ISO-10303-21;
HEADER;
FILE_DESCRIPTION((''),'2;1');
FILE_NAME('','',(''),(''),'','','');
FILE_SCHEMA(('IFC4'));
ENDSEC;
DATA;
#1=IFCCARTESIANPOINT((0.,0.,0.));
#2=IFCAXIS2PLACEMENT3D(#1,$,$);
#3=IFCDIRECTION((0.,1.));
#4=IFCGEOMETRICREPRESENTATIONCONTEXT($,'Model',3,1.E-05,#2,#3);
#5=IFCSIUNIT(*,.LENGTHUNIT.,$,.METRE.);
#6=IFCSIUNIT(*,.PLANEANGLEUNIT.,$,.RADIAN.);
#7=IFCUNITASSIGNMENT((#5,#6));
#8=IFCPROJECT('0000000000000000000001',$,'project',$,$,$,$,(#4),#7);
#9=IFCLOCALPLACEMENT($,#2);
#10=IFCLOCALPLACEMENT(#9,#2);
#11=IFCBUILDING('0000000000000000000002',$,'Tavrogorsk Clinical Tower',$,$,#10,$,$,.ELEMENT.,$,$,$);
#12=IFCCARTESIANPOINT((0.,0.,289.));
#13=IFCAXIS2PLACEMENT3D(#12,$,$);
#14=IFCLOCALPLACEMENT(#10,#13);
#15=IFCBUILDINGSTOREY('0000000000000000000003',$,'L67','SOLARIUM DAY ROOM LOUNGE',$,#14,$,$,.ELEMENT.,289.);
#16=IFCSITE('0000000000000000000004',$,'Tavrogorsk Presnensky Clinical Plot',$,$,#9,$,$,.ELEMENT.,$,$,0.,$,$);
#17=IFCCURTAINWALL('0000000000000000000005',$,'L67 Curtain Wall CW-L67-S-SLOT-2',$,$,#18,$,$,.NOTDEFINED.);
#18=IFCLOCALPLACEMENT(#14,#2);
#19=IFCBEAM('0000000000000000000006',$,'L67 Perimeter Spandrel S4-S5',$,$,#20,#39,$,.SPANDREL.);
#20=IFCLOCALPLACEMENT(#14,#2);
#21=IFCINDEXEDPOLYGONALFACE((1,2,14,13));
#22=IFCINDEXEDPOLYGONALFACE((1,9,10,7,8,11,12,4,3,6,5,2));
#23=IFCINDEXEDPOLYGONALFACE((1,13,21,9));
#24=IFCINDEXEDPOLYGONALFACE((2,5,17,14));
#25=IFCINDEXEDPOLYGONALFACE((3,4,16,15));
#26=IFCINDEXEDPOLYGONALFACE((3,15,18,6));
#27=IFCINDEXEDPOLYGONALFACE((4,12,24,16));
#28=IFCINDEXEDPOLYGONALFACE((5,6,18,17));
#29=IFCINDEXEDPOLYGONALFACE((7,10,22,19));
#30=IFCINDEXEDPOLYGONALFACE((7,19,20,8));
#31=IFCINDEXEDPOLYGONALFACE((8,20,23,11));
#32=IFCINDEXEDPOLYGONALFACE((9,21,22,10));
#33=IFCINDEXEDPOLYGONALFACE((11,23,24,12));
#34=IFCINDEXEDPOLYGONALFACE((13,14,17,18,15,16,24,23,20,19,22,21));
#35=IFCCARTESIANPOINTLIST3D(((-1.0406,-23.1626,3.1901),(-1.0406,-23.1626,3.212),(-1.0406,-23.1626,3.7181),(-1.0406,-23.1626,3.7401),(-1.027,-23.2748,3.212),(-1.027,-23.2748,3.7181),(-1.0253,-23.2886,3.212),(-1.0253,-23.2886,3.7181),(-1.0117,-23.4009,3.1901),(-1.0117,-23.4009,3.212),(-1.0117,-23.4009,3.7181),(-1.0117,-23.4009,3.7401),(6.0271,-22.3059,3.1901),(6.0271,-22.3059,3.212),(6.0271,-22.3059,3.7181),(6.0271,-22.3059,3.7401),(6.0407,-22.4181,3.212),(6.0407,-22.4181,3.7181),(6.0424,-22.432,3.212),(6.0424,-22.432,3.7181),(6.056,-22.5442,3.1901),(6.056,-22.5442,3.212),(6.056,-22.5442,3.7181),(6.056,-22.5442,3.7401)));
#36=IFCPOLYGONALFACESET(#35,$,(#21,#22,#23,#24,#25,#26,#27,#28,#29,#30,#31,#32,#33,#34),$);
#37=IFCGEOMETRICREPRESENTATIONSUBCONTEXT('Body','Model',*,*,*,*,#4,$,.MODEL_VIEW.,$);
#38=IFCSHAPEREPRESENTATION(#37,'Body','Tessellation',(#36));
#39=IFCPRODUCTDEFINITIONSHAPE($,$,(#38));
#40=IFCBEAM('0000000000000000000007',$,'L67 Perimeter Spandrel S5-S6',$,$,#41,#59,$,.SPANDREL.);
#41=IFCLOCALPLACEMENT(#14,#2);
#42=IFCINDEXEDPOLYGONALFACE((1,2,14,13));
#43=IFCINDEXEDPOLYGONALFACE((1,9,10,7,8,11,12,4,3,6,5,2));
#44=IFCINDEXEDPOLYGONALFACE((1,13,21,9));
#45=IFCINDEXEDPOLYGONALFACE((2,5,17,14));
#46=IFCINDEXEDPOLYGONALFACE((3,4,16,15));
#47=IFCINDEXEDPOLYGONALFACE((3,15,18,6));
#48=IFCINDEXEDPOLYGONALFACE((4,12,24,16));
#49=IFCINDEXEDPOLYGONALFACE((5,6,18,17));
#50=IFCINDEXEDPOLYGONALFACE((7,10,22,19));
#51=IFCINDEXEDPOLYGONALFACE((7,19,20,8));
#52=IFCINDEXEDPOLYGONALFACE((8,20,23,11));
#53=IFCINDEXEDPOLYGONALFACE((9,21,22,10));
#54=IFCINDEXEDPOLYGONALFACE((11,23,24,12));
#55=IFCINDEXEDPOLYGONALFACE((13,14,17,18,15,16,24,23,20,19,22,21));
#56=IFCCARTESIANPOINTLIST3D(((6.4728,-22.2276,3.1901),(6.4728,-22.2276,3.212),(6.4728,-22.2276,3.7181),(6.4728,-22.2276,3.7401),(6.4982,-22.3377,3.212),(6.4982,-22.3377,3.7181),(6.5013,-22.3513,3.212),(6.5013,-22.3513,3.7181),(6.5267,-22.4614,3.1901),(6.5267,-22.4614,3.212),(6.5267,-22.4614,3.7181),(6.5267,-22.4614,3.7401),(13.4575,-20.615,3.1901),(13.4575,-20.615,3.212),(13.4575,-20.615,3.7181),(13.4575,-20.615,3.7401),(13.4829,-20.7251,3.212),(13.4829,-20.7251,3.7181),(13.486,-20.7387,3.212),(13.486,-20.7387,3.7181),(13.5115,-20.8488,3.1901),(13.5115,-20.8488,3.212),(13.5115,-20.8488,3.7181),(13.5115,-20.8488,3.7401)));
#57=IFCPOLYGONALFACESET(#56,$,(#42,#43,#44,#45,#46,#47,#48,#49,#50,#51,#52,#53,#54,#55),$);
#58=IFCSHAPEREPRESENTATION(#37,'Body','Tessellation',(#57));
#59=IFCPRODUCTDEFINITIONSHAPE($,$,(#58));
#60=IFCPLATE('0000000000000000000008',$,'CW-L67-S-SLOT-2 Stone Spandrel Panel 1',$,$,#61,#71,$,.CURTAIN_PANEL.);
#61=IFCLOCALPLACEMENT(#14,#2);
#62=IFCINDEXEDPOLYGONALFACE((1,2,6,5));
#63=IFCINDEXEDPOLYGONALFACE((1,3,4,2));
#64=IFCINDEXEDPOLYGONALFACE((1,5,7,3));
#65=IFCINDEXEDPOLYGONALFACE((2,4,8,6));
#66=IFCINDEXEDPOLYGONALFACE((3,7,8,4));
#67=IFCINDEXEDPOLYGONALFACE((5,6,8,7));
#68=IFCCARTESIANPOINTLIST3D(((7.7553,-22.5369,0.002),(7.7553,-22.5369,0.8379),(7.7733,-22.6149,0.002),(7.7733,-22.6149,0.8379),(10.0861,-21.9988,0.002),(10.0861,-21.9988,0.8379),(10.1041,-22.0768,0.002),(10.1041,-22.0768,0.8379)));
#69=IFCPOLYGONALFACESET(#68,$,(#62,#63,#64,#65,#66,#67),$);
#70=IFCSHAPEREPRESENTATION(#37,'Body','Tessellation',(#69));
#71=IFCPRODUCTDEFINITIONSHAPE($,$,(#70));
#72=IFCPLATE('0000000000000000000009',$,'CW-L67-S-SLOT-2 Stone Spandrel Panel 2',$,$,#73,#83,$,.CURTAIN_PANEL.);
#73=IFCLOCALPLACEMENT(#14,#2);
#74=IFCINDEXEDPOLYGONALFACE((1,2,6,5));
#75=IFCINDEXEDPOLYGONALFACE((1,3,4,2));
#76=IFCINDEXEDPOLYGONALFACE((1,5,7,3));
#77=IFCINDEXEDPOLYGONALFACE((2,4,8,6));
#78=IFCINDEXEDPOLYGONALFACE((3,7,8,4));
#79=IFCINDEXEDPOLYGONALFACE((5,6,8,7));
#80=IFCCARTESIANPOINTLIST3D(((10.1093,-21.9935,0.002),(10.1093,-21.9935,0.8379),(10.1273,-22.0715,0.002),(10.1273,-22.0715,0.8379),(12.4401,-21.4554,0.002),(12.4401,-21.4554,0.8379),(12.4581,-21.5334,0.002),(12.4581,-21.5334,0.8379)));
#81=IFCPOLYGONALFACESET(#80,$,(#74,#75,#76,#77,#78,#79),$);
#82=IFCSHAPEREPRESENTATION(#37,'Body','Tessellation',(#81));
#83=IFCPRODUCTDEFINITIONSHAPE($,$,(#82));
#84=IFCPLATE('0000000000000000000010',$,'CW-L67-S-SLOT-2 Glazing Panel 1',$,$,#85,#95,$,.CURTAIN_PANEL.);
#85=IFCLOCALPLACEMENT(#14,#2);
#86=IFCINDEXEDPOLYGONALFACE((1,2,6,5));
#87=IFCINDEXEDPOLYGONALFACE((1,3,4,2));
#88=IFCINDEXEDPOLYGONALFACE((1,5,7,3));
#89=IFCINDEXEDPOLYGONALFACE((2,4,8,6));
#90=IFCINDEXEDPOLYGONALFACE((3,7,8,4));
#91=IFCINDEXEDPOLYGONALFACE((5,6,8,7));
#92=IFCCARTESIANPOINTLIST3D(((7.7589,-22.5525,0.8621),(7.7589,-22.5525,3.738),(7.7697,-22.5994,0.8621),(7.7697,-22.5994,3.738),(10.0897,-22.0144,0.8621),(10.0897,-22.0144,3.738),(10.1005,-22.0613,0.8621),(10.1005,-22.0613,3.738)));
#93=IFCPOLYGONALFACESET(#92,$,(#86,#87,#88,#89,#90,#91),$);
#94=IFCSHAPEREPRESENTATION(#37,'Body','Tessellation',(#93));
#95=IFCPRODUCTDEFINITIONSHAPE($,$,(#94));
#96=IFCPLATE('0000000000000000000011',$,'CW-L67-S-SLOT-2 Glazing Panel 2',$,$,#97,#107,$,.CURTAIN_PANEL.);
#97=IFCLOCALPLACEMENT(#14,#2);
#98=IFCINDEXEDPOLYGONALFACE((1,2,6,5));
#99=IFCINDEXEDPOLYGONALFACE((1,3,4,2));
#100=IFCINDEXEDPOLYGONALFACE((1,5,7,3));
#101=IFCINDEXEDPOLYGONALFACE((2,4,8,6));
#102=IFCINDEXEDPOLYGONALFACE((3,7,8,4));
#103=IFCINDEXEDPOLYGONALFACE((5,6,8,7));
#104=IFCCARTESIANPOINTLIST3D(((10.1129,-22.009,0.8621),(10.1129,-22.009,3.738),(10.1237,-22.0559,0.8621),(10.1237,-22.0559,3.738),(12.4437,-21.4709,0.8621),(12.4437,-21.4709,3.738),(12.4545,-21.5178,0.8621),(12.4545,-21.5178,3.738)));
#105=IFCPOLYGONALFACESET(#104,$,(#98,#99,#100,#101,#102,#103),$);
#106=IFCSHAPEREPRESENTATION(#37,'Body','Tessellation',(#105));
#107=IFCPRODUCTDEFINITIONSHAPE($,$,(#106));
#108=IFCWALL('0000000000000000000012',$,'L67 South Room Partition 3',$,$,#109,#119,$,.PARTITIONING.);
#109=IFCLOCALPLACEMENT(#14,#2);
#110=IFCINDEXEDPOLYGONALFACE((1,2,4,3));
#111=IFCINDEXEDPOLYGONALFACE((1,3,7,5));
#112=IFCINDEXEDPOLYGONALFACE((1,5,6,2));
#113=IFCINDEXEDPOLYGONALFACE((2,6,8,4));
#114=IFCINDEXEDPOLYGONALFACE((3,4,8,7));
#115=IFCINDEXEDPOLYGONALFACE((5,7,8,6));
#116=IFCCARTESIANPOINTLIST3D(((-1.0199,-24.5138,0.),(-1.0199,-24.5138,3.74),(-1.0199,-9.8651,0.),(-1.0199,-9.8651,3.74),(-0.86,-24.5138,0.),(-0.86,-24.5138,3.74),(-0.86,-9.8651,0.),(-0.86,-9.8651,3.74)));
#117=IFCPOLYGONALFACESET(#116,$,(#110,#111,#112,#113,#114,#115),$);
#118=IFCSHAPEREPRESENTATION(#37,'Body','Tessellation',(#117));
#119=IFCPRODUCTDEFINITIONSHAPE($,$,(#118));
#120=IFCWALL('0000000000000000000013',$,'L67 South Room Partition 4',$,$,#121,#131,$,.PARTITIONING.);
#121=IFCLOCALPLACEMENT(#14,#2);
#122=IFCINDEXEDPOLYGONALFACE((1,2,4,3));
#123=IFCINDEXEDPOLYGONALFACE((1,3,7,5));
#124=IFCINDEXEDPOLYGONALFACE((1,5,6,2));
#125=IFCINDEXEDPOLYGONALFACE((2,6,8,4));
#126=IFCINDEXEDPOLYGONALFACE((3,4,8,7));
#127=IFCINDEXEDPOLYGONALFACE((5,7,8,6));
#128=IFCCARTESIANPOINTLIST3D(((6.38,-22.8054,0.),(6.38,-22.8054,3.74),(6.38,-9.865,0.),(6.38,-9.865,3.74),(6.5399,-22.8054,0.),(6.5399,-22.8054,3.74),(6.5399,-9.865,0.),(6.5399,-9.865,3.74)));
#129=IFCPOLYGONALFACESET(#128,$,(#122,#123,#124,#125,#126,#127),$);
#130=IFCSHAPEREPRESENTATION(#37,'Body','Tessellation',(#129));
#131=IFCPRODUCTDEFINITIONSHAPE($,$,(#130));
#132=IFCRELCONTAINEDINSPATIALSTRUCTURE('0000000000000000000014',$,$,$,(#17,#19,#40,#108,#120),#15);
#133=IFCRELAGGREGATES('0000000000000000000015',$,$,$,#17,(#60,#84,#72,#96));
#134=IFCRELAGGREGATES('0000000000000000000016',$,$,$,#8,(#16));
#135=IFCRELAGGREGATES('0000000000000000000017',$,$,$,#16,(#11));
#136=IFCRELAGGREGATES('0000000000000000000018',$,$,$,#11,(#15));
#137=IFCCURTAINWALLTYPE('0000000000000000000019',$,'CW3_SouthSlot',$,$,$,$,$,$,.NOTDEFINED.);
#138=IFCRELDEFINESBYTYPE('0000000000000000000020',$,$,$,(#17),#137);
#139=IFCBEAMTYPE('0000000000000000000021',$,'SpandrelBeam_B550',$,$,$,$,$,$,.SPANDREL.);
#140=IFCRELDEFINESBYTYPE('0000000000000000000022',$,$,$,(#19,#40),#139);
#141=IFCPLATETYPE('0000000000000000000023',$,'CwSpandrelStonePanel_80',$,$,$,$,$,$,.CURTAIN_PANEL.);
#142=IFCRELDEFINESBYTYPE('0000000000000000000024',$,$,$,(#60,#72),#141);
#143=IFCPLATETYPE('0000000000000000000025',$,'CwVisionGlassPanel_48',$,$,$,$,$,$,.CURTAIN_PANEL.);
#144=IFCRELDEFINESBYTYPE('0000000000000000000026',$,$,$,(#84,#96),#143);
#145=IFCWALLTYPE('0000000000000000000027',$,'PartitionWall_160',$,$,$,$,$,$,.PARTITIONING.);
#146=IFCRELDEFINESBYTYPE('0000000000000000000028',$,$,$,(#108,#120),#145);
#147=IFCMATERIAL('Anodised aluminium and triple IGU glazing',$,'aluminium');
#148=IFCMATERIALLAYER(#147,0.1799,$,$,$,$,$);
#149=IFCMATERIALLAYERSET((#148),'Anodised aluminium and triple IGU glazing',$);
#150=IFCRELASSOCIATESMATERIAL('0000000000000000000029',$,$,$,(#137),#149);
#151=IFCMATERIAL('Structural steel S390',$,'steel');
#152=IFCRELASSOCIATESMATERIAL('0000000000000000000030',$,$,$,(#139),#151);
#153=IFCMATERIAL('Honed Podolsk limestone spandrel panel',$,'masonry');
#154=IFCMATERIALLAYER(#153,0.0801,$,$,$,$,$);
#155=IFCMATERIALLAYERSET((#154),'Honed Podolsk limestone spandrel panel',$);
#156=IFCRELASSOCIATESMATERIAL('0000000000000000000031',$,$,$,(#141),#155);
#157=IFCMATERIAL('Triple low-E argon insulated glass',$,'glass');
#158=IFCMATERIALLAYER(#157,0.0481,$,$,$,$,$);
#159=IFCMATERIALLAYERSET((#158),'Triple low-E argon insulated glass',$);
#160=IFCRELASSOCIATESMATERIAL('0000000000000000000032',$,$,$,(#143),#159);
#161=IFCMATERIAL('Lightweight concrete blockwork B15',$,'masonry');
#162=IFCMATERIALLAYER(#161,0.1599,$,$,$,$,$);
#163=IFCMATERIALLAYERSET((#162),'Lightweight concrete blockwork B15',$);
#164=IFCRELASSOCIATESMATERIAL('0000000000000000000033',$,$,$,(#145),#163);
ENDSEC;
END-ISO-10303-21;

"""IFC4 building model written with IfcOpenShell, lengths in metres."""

from ifc_helpers import new_model, si_unit, direction, frame, frame_2d, origin, origin_2d, place, context, subcontext, project, spatial, rectangle, i_section, extrude, material, layer, layer_set, material_profile, profile_set, type_object, element, aggregate, save


model = new_model("IFC4")

# Units and contexts
model_context = context("Model", 3, precision=1e-05, world=origin(), true_north=direction((0.0, 1.0)))
body_context = subcontext(model_context, "Body", "Model", "MODEL_VIEW")
ifc_project = project(units=[si_unit("LENGTHUNIT", "METRE"), si_unit("PLANEANGLEUNIT", "RADIAN")], contexts=[model_context])

# Site, building, storey
site_placement = place(None, origin())
site = spatial("IfcSite", under=ifc_project, at=site_placement, Name="Tavrogorsk Presnensky Clinical Plot", CompositionType="ELEMENT", RefElevation=0.0)
building_placement = place(site_placement, origin())
building = spatial("IfcBuilding", under=site, at=building_placement, Name="Tavrogorsk Clinical Tower", CompositionType="ELEMENT")
storey_placement = place(building_placement, frame((0.0, 0.0, 289.0)))
storey = spatial("IfcBuildingStorey", under=building, at=storey_placement, Name="L67", Description="SOLARIUM DAY ROOM LOUNGE", CompositionType="ELEMENT", Elevation=289.0)

# Curtain wall
ifc_material_1 = material(Name="Anodised aluminium and triple IGU glazing", Category="aluminium")
ifc_layer_1 = layer(ifc_material_1, 0.1799)
ifc_layer_set_1 = layer_set([ifc_layer_1], Name="Anodised aluminium and triple IGU glazing")
curtain_wall_type = type_object("IfcCurtainWallType", Name="CW3_SouthSlot", PredefinedType="NOTDEFINED", material=ifc_layer_set_1)
curtain_wall_placement = place(storey_placement, origin())
curtain_wall = element("IfcCurtainWall", 1, at=curtain_wall_placement, inside=storey, type_object=curtain_wall_type, Name="L67 Curtain Wall CW-L67-S-SLOT-2", PredefinedType="NOTDEFINED")

# Beams
ifc_material_2 = material(Name="Structural steel S390", Category="steel")
ifc_material_profile_1 = material_profile(ifc_material_2, i_section(OverallWidth=0.24, OverallDepth=0.55, WebThickness=0.0139, FlangeThickness=0.022, at=origin_2d()), Name="B-550x240x14x22")
ifc_profile_set_1 = profile_set([ifc_material_profile_1], Name="Structural steel S390")
beam_type = type_object("IfcBeamType", Name="SpandrelBeam_B550", PredefinedType="SPANDREL", material=ifc_profile_set_1)
beam_1_placement = place(storey_placement, frame((-1.0261, -23.2817, 3.4651), z_axis=(0.992734, 0.120332, 0.0), x_axis=(-0.120332, 0.992734, 0.0)))
element("IfcBeam", 2, at=beam_1_placement, inside=storey, type_object=beam_type, Name="L67 Perimeter Spandrel S4-S5", PredefinedType="SPANDREL", context=body_context, shape_type="SweptSolid", body=[
    extrude(i_section(OverallWidth=0.24, OverallDepth=0.55, WebThickness=0.0139, FlangeThickness=0.022, at=origin_2d()), origin(), (0.0, 0.0, 1.0), 7.1194),
])
beam_2_placement = place(storey_placement, frame((6.4998, -22.3445, 3.4651), z_axis=(0.974369, 0.224954, 0.0), x_axis=(-0.224954, 0.974369, 0.0)))
element("IfcBeam", 3, at=beam_2_placement, inside=storey, type_object=beam_type, Name="L67 Perimeter Spandrel S5-S6", PredefinedType="SPANDREL", context=body_context, shape_type="SweptSolid", body=[
    extrude(i_section(OverallWidth=0.24, OverallDepth=0.55, WebThickness=0.0139, FlangeThickness=0.022, at=origin_2d()), origin(), (0.0, 0.0, 1.0), 7.1685),
])

# Plates
ifc_material_3 = material(Name="Honed Podolsk limestone spandrel panel", Category="masonry")
ifc_layer_2 = layer(ifc_material_3, 0.0801)
ifc_layer_set_2 = layer_set([ifc_layer_2], Name="Honed Podolsk limestone spandrel panel")
plate_type_1 = type_object("IfcPlateType", Name="CwSpandrelStonePanel_80", PredefinedType="CURTAIN_PANEL", material=ifc_layer_set_2)
plate_1_placement = place(storey_placement, frame((8.9297, -22.3069, 0.002), z_axis=(0.0, 0.0, 1.0), x_axis=(0.97437, 0.224951, 0.0)))
plate_1 = element("IfcPlate", 4, at=plate_1_placement, type_object=plate_type_1, Name="CW-L67-S-SLOT-2 Stone Spandrel Panel 1", PredefinedType="CURTAIN_PANEL", context=body_context, shape_type="SweptSolid", body=[
    extrude(rectangle(XDim=2.3921, YDim=0.0801, at=origin_2d()), origin(), (0.0, 0.0, 1.0), 0.8359),
])
plate_2_placement = place(storey_placement, frame((11.2837, -21.7634, 0.002), z_axis=(0.0, 0.0, 1.0), x_axis=(0.97437, 0.224951, 0.0)))
plate_2 = element("IfcPlate", 5, at=plate_2_placement, type_object=plate_type_1, Name="CW-L67-S-SLOT-2 Stone Spandrel Panel 2", PredefinedType="CURTAIN_PANEL", context=body_context, shape_type="SweptSolid", body=[
    extrude(rectangle(XDim=2.3921, YDim=0.0801, at=origin_2d()), origin(), (0.0, 0.0, 1.0), 0.8359),
])
ifc_material_4 = material(Name="Triple low-E argon insulated glass", Category="glass")
ifc_layer_3 = layer(ifc_material_4, 0.0481)
ifc_layer_set_3 = layer_set([ifc_layer_3], Name="Triple low-E argon insulated glass")
plate_type_2 = type_object("IfcPlateType", Name="CwVisionGlassPanel_48", PredefinedType="CURTAIN_PANEL", material=ifc_layer_set_3)
plate_3_placement = place(storey_placement, frame((8.9297, -22.3069, 0.8621), z_axis=(0.0, 0.0, 1.0), x_axis=(0.97437, 0.224951, 0.0)))
plate_3 = element("IfcPlate", 6, at=plate_3_placement, type_object=plate_type_2, Name="CW-L67-S-SLOT-2 Glazing Panel 1", PredefinedType="CURTAIN_PANEL", context=body_context, shape_type="SweptSolid", body=[
    extrude(rectangle(XDim=2.3921, YDim=0.0481, at=origin_2d()), origin(), (0.0, 0.0, 1.0), 2.876),
])
plate_4_placement = place(storey_placement, frame((11.2837, -21.7634, 0.8621), z_axis=(0.0, 0.0, 1.0), x_axis=(0.97437, 0.224951, 0.0)))
plate_4 = element("IfcPlate", 7, at=plate_4_placement, type_object=plate_type_2, Name="CW-L67-S-SLOT-2 Glazing Panel 2", PredefinedType="CURTAIN_PANEL", context=body_context, shape_type="SweptSolid", body=[
    extrude(rectangle(XDim=2.3921, YDim=0.0481, at=origin_2d()), origin(), (0.0, 0.0, 1.0), 2.876),
])
aggregate(curtain_wall, [plate_1, plate_3, plate_2, plate_4])

# Walls
ifc_material_5 = material(Name="Lightweight concrete blockwork B15", Category="masonry")
ifc_layer_4 = layer(ifc_material_5, 0.1599)
ifc_layer_set_4 = layer_set([ifc_layer_4], Name="Lightweight concrete blockwork B15")
wall_type_1 = type_object("IfcWallType", Name="PartitionWall_160", PredefinedType="PARTITIONING", material=ifc_layer_set_4)
wall_1_placement = place(storey_placement, frame((-0.9399, -24.5137, 0.0), z_axis=(0.0, 0.0, 1.0), x_axis=(0.0, 1.0, 0.0)))
element("IfcWall", 8, at=wall_1_placement, inside=storey, type_object=wall_type_1, Name="L67 South Room Partition 3", PredefinedType="PARTITIONING", context=body_context, shape_type="SweptSolid", body=[
    extrude(rectangle(XDim=14.6487, YDim=0.1599, at=frame_2d((7.3242, 0.0))), origin(), (0.0, 0.0, 1.0), 3.74),
])
wall_2_placement = place(storey_placement, frame((6.46, -22.8054, 0.0), z_axis=(0.0, 0.0, 1.0), x_axis=(0.0, 1.0, 0.0)))
element("IfcWall", 9, at=wall_2_placement, inside=storey, type_object=wall_type_1, Name="L67 South Room Partition 4", PredefinedType="PARTITIONING", context=body_context, shape_type="SweptSolid", body=[
    extrude(rectangle(XDim=12.9404, YDim=0.1599, at=frame_2d((6.4702, 0.0))), origin(), (0.0, 0.0, 1.0), 3.74),
])

save(model, "model.ifc")
